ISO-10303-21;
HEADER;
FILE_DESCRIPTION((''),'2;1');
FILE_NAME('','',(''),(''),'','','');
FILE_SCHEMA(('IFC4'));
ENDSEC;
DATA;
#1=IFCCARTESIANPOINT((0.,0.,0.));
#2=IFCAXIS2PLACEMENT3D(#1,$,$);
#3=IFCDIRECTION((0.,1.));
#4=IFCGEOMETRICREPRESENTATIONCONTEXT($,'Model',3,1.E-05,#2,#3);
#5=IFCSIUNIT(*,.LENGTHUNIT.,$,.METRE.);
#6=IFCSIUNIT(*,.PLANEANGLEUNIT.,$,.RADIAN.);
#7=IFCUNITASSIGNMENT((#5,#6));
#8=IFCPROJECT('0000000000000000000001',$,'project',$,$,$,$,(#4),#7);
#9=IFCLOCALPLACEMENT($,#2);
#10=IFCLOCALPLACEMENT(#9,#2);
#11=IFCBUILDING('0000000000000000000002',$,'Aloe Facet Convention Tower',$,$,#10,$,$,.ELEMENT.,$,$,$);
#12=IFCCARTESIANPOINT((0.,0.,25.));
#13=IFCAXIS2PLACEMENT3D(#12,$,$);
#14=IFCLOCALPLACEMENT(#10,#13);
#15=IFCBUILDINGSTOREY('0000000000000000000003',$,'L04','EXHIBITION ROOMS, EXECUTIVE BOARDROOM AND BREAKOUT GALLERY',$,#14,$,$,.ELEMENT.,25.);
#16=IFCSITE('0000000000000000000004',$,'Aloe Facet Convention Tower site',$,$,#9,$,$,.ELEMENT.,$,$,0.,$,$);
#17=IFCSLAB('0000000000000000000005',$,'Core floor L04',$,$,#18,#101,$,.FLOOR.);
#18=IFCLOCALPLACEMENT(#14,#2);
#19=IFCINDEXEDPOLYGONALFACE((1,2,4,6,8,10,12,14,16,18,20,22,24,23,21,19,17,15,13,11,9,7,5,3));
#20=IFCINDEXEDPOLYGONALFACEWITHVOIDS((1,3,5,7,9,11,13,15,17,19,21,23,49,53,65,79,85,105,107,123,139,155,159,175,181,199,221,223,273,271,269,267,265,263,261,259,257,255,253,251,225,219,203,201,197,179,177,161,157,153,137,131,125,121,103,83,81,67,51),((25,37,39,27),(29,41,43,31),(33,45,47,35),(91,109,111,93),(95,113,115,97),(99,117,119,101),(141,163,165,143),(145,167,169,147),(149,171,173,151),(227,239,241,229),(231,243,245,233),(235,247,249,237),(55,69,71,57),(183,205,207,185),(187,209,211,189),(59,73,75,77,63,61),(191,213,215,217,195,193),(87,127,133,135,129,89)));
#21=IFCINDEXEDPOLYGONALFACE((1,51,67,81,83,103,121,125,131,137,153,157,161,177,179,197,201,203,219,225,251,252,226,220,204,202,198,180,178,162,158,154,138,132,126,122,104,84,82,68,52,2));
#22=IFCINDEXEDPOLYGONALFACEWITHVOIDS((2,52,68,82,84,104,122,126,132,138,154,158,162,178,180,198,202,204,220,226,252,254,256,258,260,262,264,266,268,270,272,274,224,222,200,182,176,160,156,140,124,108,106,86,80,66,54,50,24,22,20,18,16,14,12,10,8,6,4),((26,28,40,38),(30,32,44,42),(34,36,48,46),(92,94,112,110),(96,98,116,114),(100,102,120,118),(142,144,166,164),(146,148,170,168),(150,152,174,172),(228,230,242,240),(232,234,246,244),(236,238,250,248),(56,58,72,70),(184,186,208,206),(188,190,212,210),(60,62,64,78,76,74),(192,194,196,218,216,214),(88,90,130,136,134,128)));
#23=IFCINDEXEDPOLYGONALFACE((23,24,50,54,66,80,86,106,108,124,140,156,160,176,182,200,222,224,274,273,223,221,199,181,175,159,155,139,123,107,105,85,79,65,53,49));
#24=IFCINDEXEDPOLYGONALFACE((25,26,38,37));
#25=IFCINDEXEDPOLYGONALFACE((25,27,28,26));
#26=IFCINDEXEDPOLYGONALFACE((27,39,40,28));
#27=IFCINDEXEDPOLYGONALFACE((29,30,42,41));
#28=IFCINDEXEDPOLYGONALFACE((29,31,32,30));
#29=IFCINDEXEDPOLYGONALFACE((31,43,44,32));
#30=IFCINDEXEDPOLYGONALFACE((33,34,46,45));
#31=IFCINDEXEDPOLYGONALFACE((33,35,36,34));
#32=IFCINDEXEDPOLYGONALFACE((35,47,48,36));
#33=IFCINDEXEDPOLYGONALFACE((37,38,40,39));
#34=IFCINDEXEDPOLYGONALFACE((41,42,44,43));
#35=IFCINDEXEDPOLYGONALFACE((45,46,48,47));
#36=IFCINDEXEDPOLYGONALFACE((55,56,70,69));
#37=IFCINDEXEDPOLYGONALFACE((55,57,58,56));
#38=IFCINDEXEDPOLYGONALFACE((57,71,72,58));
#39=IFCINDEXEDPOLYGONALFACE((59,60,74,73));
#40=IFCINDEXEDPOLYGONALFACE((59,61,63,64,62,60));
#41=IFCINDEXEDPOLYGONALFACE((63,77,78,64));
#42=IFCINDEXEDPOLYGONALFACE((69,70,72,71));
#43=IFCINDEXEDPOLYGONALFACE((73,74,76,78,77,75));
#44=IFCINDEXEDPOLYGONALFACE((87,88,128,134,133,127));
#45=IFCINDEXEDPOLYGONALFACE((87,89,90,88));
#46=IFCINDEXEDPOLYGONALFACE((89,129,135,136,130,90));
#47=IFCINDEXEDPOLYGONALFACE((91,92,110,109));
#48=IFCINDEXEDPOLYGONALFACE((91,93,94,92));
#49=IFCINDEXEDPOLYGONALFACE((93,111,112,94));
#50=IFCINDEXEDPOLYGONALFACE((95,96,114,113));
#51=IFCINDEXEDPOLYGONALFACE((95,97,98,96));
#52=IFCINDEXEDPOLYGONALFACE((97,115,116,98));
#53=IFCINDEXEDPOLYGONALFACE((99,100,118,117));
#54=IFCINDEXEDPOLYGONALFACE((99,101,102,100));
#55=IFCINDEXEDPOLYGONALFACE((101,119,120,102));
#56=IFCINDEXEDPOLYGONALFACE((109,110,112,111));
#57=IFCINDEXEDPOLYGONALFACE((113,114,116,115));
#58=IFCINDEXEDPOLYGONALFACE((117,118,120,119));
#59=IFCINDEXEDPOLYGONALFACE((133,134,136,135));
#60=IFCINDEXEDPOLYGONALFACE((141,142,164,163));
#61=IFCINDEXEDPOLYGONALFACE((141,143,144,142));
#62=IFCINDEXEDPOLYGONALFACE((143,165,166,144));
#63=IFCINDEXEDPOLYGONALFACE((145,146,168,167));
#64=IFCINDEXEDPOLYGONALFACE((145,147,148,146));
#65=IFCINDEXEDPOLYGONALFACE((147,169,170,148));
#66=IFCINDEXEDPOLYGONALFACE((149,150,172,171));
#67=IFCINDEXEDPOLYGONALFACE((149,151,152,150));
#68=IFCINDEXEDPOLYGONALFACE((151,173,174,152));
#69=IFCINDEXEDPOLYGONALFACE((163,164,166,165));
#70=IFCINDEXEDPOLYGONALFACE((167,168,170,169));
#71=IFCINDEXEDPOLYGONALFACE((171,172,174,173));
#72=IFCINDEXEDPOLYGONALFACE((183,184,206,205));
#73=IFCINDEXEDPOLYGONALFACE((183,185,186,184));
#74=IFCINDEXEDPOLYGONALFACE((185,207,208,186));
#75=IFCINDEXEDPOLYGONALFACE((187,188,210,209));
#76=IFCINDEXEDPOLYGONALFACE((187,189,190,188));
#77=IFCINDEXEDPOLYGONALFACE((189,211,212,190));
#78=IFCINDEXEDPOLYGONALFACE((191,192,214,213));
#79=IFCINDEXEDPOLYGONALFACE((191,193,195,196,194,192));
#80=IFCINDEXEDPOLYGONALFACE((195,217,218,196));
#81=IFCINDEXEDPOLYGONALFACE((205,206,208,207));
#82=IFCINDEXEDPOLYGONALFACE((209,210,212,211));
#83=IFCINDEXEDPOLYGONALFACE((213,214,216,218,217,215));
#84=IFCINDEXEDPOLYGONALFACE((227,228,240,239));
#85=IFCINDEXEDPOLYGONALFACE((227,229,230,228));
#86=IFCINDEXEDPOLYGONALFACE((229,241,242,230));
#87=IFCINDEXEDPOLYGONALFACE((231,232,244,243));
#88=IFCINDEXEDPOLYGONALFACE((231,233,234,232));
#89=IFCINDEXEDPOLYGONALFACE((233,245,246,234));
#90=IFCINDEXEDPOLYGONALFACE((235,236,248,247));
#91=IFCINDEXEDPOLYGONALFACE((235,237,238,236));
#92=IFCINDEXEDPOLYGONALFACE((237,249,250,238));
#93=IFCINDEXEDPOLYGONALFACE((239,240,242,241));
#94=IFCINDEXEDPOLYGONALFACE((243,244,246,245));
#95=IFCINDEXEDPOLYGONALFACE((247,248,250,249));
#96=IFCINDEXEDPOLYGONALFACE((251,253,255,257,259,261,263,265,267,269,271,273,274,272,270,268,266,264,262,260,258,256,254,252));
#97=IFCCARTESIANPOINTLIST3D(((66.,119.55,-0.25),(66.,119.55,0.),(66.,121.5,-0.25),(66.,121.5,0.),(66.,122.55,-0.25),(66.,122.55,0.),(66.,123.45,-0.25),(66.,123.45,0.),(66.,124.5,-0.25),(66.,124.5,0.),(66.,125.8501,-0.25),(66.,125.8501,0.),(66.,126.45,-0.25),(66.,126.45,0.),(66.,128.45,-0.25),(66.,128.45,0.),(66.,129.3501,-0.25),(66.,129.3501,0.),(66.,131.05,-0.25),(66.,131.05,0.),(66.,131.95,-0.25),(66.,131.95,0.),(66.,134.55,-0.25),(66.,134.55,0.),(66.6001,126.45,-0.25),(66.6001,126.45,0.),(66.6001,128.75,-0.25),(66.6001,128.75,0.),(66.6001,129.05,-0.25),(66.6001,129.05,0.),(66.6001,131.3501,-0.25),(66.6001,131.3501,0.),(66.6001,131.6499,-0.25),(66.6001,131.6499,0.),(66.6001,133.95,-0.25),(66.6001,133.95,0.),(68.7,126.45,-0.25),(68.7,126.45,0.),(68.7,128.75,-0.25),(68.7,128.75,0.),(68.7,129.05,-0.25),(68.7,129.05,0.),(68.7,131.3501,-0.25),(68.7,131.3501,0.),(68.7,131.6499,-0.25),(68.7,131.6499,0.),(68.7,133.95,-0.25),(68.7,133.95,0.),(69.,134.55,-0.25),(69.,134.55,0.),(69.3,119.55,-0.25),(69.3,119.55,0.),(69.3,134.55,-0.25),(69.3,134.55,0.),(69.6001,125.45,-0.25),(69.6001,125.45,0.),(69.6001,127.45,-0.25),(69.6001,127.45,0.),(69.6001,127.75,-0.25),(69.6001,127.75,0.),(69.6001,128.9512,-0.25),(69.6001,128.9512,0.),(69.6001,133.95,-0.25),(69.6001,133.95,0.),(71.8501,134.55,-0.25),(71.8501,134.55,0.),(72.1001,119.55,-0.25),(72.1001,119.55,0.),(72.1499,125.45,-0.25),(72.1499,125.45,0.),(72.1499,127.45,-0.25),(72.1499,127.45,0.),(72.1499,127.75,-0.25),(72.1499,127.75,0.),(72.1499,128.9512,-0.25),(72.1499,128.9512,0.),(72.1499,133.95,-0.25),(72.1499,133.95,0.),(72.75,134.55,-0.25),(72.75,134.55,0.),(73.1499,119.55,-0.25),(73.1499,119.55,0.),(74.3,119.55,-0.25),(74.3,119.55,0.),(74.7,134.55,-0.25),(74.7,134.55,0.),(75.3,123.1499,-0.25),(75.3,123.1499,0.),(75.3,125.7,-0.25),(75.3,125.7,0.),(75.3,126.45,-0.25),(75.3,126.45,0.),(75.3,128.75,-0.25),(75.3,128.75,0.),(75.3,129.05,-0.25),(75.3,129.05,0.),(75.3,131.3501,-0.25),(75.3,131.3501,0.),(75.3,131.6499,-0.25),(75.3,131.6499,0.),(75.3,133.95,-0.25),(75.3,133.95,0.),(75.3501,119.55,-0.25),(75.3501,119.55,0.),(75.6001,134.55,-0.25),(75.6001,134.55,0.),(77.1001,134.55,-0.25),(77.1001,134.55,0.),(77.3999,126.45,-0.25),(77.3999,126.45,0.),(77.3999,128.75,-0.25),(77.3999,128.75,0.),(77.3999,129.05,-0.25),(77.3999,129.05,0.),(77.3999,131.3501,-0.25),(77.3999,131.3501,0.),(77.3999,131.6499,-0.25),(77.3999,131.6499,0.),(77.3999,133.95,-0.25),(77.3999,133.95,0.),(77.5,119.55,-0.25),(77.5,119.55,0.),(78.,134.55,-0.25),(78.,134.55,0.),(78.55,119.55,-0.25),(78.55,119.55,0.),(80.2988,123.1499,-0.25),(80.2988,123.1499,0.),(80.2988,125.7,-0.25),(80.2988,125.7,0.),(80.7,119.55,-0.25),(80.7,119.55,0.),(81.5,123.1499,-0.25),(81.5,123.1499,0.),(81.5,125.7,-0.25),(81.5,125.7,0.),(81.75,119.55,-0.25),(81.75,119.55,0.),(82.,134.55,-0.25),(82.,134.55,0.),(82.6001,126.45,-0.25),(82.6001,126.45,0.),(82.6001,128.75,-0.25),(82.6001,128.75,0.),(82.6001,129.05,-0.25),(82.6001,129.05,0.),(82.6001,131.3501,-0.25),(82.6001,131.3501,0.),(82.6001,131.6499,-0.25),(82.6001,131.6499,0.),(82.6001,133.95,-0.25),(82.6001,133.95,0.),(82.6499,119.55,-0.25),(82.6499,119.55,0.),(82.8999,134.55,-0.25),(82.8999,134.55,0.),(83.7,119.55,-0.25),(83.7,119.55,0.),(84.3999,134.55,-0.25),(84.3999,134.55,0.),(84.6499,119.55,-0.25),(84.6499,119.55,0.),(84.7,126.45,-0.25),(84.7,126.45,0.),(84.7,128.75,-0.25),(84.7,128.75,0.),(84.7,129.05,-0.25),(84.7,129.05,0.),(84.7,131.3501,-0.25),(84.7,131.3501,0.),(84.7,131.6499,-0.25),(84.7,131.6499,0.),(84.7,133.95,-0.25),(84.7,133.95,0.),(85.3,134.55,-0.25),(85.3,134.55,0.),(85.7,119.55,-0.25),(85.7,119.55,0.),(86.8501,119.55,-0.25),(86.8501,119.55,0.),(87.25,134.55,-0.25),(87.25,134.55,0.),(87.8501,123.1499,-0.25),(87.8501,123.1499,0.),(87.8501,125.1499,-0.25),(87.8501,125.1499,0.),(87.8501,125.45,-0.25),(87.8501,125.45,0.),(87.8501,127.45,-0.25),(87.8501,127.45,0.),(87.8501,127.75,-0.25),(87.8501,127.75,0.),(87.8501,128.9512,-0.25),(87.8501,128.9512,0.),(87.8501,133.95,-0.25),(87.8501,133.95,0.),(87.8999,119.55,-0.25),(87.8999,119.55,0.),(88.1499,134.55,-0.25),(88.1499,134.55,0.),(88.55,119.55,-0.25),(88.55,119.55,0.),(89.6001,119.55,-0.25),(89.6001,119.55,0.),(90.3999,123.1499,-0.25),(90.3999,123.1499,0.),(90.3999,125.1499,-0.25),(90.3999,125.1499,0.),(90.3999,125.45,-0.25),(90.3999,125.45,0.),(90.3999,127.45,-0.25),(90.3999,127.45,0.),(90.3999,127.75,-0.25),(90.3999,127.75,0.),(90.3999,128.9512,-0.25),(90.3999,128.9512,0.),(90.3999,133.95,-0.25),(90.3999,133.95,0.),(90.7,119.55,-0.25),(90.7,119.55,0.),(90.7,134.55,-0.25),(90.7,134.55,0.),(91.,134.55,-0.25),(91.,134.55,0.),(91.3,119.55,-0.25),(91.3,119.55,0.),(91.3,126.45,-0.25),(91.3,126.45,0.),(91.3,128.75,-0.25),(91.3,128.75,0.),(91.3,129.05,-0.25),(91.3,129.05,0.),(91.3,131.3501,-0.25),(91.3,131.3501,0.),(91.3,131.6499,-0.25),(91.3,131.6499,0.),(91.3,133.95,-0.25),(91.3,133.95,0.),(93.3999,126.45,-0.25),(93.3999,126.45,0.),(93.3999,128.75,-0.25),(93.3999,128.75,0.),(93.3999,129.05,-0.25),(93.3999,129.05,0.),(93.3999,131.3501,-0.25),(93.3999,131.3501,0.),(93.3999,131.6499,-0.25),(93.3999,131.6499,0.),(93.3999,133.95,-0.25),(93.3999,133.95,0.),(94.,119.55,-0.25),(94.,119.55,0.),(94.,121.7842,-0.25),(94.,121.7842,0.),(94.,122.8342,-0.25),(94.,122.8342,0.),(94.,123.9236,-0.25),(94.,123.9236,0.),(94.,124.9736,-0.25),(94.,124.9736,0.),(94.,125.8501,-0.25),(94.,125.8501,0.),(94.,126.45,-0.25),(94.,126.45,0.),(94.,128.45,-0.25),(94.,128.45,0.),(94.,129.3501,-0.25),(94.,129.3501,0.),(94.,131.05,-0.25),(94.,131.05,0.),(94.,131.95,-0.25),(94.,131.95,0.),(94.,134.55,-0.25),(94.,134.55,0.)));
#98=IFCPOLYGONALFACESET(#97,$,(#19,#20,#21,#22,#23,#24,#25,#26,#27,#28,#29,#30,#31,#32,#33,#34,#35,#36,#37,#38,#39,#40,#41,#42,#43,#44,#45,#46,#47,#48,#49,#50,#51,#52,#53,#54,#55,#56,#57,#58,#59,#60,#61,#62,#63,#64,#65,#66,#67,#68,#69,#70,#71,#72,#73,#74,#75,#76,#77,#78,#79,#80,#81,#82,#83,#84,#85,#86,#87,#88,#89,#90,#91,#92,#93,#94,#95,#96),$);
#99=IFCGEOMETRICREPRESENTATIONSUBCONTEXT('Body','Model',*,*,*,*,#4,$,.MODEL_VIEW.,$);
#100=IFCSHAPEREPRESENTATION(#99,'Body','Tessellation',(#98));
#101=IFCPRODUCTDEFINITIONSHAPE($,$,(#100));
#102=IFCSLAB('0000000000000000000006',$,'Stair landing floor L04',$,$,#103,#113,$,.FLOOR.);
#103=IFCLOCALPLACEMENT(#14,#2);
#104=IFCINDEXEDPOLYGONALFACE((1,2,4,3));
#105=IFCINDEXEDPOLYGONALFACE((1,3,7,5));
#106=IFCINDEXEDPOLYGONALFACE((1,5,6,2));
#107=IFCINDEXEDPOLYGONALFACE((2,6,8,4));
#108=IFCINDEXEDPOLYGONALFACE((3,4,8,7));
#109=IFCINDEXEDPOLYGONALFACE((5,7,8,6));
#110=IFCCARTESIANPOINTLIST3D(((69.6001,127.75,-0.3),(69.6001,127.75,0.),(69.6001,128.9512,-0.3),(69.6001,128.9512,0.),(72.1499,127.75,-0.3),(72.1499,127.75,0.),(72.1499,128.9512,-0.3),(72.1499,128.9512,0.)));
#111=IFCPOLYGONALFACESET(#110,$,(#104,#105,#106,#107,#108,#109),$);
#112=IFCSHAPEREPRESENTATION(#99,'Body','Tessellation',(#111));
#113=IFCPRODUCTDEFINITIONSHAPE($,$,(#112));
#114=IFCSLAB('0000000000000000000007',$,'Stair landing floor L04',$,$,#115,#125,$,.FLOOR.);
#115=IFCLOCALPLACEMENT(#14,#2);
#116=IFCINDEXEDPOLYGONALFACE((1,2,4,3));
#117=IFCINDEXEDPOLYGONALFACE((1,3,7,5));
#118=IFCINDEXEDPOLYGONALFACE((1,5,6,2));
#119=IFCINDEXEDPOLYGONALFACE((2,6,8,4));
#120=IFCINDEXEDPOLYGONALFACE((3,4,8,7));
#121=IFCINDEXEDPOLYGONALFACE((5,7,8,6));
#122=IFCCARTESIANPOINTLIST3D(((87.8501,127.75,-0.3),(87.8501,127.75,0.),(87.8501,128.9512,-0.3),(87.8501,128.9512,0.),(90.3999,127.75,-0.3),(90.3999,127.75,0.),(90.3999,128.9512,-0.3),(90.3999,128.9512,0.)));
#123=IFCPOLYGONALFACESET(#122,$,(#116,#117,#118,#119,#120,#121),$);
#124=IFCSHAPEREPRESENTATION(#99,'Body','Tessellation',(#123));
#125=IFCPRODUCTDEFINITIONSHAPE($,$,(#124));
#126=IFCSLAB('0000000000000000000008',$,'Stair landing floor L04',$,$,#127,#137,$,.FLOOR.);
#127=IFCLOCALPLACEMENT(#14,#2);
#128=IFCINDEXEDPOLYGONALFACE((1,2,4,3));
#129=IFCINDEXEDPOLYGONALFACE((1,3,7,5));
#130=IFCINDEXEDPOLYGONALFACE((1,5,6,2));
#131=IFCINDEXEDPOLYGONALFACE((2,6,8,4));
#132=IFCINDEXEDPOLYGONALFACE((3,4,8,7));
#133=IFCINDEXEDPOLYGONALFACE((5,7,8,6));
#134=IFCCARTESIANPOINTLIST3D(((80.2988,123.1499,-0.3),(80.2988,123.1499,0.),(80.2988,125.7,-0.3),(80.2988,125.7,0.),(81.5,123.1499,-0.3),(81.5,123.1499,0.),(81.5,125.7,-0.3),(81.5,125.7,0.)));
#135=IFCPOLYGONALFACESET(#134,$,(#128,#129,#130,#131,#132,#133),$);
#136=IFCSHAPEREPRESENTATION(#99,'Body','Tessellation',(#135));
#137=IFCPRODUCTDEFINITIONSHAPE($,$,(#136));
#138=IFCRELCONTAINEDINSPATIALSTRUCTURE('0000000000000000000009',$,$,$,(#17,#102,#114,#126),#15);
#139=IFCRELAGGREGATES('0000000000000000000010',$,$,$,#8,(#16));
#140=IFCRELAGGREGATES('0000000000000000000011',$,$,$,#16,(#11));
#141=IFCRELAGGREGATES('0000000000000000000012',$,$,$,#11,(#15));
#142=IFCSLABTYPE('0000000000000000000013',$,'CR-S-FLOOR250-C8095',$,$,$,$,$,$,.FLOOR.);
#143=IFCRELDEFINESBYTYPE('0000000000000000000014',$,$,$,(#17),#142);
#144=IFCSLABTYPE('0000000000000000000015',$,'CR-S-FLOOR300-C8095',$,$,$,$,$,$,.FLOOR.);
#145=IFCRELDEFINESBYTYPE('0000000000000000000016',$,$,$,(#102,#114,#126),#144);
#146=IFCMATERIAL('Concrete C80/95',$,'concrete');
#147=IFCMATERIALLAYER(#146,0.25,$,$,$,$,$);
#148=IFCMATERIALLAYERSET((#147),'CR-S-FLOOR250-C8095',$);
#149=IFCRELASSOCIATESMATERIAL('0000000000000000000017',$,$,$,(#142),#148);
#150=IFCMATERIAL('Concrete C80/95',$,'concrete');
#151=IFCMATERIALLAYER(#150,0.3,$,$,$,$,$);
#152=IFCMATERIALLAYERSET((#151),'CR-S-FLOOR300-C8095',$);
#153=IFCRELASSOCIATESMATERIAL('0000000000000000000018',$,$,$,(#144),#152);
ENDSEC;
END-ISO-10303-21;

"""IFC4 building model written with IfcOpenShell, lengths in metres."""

from ifc_helpers import new_model, si_unit, direction, frame, origin, place, context, subcontext, project, spatial, polyline, outline, extrude, material, layer, layer_set, type_object, element, save


model = new_model("IFC4")

# Units and contexts
model_context = context("Model", 3, precision=1e-05, world=origin(), true_north=direction((0.0, 1.0)))
body_context = subcontext(model_context, "Body", "Model", "MODEL_VIEW")
ifc_project = project(units=[si_unit("LENGTHUNIT", "METRE"), si_unit("PLANEANGLEUNIT", "RADIAN")], contexts=[model_context])

# Site, building, storey
site_placement = place(None, origin())
site = spatial("IfcSite", under=ifc_project, at=site_placement, Name="Aloe Facet Convention Tower site", CompositionType="ELEMENT", RefElevation=0.0)
building_placement = place(site_placement, origin())
building = spatial("IfcBuilding", under=site, at=building_placement, Name="Aloe Facet Convention Tower", CompositionType="ELEMENT")
storey_placement = place(building_placement, frame((0.0, 0.0, 25.0)))
storey = spatial("IfcBuildingStorey", under=building, at=storey_placement, Name="L04", Description="EXHIBITION ROOMS, EXECUTIVE BOARDROOM AND BREAKOUT GALLERY", CompositionType="ELEMENT", Elevation=25.0)

# Slabs
ifc_material_1 = material(Name="Concrete C80/95", Category="concrete")
ifc_layer_1 = layer(ifc_material_1, 0.25)
ifc_layer_set_1 = layer_set([ifc_layer_1], Name="CR-S-FLOOR250-C8095")
slab_type_1 = type_object("IfcSlabType", Name="CR-S-FLOOR250-C8095", PredefinedType="FLOOR", material=ifc_layer_set_1)
slab_1_placement = place(storey_placement, frame((0.0, 0.0, -0.25)))
element("IfcSlab", 1, at=slab_1_placement, inside=storey, type_object=slab_type_1, Name="Core floor L04", PredefinedType="FLOOR", context=body_context, shape_type="SweptSolid", body=[
    extrude(outline(polyline([(69.3, 134.55), (71.8501, 134.55), (72.75, 134.55), (74.7, 134.55), (75.6001, 134.55), (77.1001, 134.55), (78.0, 134.55), (82.0, 134.55), (82.8999, 134.55), (84.3999, 134.55), (85.3, 134.55), (87.25, 134.55), (88.1499, 134.55), (90.7, 134.55), (91.0, 134.55), (94.0, 134.55), (94.0, 131.95), (94.0, 131.05), (94.0, 129.3501), (94.0, 128.45), (94.0, 126.45), (94.0, 125.8501), (94.0, 124.9736), (94.0, 123.9236), (94.0, 122.8342), (94.0, 121.7842), (94.0, 119.55), (91.3, 119.55), (90.7, 119.55), (89.6001, 119.55), (88.55, 119.55), (87.8999, 119.55), (86.8501, 119.55), (85.7, 119.55), (84.6499, 119.55), (83.7, 119.55), (82.6499, 119.55), (81.75, 119.55), (80.7, 119.55), (78.55, 119.55), (77.5, 119.55), (75.3501, 119.55), (74.3, 119.55), (73.1499, 119.55), (72.1001, 119.55), (69.3, 119.55), (66.0, 119.55), (66.0, 121.5), (66.0, 122.55), (66.0, 123.45), (66.0, 124.5), (66.0, 125.8501), (66.0, 126.45), (66.0, 128.45), (66.0, 129.3501), (66.0, 131.05), (66.0, 131.95), (66.0, 134.55), (69.0, 134.55), (69.3, 134.55)]), holes=[polyline([(75.3, 123.1499), (80.2988, 123.1499), (81.5, 123.1499), (81.5, 125.7), (80.2988, 125.7), (75.3, 125.7), (75.3, 123.1499)]), polyline([(69.6001, 125.45), (72.1499, 125.45), (72.1499, 127.45), (69.6001, 127.45), (69.6001, 125.45)]), polyline([(66.6001, 126.45), (68.7, 126.45), (68.7, 128.75), (66.6001, 128.75), (66.6001, 126.45)]), polyline([(75.3, 126.45), (77.3999, 126.45), (77.3999, 128.75), (75.3, 128.75), (75.3, 126.45)]), polyline([(66.6001, 129.05), (68.7, 129.05), (68.7, 131.3501), (66.6001, 131.3501), (66.6001, 129.05)]), polyline([(75.3, 129.05), (77.3999, 129.05), (77.3999, 131.3501), (75.3, 131.3501), (75.3, 129.05)]), polyline([(69.6001, 133.95), (69.6001, 128.9512), (69.6001, 127.75), (72.1499, 127.75), (72.1499, 128.9512), (72.1499, 133.95), (69.6001, 133.95)]), polyline([(66.6001, 133.95), (66.6001, 131.6499), (68.7, 131.6499), (68.7, 133.95), (66.6001, 133.95)]), polyline([(75.3, 133.95), (75.3, 131.6499), (77.3999, 131.6499), (77.3999, 133.95), (75.3, 133.95)]), polyline([(87.8501, 123.1499), (90.3999, 123.1499), (90.3999, 125.1499), (87.8501, 125.1499), (87.8501, 123.1499)]), polyline([(87.8501, 125.45), (90.3999, 125.45), (90.3999, 127.45), (87.8501, 127.45), (87.8501, 125.45)]), polyline([(82.6001, 126.45), (84.7, 126.45), (84.7, 128.75), (82.6001, 128.75), (82.6001, 126.45)]), polyline([(91.3, 126.45), (93.3999, 126.45), (93.3999, 128.75), (91.3, 128.75), (91.3, 126.45)]), polyline([(82.6001, 129.05), (84.7, 129.05), (84.7, 131.3501), (82.6001, 131.3501), (82.6001, 129.05)]), polyline([(91.3, 129.05), (93.3999, 129.05), (93.3999, 131.3501), (91.3, 131.3501), (91.3, 129.05)]), polyline([(87.8501, 133.95), (87.8501, 128.9512), (87.8501, 127.75), (90.3999, 127.75), (90.3999, 128.9512), (90.3999, 133.95), (87.8501, 133.95)]), polyline([(82.6001, 133.95), (82.6001, 131.6499), (84.7, 131.6499), (84.7, 133.95), (82.6001, 133.95)]), polyline([(91.3, 133.95), (91.3, 131.6499), (93.3999, 131.6499), (93.3999, 133.95), (91.3, 133.95)])]), origin(), (0.0, 0.0, 1.0), 0.25),
])
ifc_material_2 = material(Name="Concrete C80/95", Category="concrete")
ifc_layer_2 = layer(ifc_material_2, 0.3)
ifc_layer_set_2 = layer_set([ifc_layer_2], Name="CR-S-FLOOR300-C8095")
slab_type_2 = type_object("IfcSlabType", Name="CR-S-FLOOR300-C8095", PredefinedType="FLOOR", material=ifc_layer_set_2)
slab_2_placement = place(storey_placement, frame((0.0, 0.0, -0.3)))
element("IfcSlab", 2, at=slab_2_placement, inside=storey, type_object=slab_type_2, Name="Stair landing floor L04", PredefinedType="FLOOR", context=body_context, shape_type="SweptSolid", body=[
    extrude(outline(polyline([(72.1499, 127.75), (72.1499, 128.9512), (69.6001, 128.9512), (69.6001, 127.75), (72.1499, 127.75)])), origin(), (0.0, 0.0, 1.0), 0.3),
])
slab_3_placement = place(storey_placement, frame((0.0, 0.0, -0.3)))
element("IfcSlab", 3, at=slab_3_placement, inside=storey, type_object=slab_type_2, Name="Stair landing floor L04", PredefinedType="FLOOR", context=body_context, shape_type="SweptSolid", body=[
    extrude(outline(polyline([(90.3999, 127.75), (90.3999, 128.9512), (87.8501, 128.9512), (87.8501, 127.75), (90.3999, 127.75)])), origin(), (0.0, 0.0, 1.0), 0.3),
])
slab_4_placement = place(storey_placement, frame((0.0, 0.0, -0.3)))
element("IfcSlab", 4, at=slab_4_placement, inside=storey, type_object=slab_type_2, Name="Stair landing floor L04", PredefinedType="FLOOR", context=body_context, shape_type="SweptSolid", body=[
    extrude(outline(polyline([(81.5, 125.7), (80.2988, 125.7), (80.2988, 123.1499), (81.5, 123.1499), (81.5, 125.7)])), origin(), (0.0, 0.0, 1.0), 0.3),
])

save(model, "model.ifc")
